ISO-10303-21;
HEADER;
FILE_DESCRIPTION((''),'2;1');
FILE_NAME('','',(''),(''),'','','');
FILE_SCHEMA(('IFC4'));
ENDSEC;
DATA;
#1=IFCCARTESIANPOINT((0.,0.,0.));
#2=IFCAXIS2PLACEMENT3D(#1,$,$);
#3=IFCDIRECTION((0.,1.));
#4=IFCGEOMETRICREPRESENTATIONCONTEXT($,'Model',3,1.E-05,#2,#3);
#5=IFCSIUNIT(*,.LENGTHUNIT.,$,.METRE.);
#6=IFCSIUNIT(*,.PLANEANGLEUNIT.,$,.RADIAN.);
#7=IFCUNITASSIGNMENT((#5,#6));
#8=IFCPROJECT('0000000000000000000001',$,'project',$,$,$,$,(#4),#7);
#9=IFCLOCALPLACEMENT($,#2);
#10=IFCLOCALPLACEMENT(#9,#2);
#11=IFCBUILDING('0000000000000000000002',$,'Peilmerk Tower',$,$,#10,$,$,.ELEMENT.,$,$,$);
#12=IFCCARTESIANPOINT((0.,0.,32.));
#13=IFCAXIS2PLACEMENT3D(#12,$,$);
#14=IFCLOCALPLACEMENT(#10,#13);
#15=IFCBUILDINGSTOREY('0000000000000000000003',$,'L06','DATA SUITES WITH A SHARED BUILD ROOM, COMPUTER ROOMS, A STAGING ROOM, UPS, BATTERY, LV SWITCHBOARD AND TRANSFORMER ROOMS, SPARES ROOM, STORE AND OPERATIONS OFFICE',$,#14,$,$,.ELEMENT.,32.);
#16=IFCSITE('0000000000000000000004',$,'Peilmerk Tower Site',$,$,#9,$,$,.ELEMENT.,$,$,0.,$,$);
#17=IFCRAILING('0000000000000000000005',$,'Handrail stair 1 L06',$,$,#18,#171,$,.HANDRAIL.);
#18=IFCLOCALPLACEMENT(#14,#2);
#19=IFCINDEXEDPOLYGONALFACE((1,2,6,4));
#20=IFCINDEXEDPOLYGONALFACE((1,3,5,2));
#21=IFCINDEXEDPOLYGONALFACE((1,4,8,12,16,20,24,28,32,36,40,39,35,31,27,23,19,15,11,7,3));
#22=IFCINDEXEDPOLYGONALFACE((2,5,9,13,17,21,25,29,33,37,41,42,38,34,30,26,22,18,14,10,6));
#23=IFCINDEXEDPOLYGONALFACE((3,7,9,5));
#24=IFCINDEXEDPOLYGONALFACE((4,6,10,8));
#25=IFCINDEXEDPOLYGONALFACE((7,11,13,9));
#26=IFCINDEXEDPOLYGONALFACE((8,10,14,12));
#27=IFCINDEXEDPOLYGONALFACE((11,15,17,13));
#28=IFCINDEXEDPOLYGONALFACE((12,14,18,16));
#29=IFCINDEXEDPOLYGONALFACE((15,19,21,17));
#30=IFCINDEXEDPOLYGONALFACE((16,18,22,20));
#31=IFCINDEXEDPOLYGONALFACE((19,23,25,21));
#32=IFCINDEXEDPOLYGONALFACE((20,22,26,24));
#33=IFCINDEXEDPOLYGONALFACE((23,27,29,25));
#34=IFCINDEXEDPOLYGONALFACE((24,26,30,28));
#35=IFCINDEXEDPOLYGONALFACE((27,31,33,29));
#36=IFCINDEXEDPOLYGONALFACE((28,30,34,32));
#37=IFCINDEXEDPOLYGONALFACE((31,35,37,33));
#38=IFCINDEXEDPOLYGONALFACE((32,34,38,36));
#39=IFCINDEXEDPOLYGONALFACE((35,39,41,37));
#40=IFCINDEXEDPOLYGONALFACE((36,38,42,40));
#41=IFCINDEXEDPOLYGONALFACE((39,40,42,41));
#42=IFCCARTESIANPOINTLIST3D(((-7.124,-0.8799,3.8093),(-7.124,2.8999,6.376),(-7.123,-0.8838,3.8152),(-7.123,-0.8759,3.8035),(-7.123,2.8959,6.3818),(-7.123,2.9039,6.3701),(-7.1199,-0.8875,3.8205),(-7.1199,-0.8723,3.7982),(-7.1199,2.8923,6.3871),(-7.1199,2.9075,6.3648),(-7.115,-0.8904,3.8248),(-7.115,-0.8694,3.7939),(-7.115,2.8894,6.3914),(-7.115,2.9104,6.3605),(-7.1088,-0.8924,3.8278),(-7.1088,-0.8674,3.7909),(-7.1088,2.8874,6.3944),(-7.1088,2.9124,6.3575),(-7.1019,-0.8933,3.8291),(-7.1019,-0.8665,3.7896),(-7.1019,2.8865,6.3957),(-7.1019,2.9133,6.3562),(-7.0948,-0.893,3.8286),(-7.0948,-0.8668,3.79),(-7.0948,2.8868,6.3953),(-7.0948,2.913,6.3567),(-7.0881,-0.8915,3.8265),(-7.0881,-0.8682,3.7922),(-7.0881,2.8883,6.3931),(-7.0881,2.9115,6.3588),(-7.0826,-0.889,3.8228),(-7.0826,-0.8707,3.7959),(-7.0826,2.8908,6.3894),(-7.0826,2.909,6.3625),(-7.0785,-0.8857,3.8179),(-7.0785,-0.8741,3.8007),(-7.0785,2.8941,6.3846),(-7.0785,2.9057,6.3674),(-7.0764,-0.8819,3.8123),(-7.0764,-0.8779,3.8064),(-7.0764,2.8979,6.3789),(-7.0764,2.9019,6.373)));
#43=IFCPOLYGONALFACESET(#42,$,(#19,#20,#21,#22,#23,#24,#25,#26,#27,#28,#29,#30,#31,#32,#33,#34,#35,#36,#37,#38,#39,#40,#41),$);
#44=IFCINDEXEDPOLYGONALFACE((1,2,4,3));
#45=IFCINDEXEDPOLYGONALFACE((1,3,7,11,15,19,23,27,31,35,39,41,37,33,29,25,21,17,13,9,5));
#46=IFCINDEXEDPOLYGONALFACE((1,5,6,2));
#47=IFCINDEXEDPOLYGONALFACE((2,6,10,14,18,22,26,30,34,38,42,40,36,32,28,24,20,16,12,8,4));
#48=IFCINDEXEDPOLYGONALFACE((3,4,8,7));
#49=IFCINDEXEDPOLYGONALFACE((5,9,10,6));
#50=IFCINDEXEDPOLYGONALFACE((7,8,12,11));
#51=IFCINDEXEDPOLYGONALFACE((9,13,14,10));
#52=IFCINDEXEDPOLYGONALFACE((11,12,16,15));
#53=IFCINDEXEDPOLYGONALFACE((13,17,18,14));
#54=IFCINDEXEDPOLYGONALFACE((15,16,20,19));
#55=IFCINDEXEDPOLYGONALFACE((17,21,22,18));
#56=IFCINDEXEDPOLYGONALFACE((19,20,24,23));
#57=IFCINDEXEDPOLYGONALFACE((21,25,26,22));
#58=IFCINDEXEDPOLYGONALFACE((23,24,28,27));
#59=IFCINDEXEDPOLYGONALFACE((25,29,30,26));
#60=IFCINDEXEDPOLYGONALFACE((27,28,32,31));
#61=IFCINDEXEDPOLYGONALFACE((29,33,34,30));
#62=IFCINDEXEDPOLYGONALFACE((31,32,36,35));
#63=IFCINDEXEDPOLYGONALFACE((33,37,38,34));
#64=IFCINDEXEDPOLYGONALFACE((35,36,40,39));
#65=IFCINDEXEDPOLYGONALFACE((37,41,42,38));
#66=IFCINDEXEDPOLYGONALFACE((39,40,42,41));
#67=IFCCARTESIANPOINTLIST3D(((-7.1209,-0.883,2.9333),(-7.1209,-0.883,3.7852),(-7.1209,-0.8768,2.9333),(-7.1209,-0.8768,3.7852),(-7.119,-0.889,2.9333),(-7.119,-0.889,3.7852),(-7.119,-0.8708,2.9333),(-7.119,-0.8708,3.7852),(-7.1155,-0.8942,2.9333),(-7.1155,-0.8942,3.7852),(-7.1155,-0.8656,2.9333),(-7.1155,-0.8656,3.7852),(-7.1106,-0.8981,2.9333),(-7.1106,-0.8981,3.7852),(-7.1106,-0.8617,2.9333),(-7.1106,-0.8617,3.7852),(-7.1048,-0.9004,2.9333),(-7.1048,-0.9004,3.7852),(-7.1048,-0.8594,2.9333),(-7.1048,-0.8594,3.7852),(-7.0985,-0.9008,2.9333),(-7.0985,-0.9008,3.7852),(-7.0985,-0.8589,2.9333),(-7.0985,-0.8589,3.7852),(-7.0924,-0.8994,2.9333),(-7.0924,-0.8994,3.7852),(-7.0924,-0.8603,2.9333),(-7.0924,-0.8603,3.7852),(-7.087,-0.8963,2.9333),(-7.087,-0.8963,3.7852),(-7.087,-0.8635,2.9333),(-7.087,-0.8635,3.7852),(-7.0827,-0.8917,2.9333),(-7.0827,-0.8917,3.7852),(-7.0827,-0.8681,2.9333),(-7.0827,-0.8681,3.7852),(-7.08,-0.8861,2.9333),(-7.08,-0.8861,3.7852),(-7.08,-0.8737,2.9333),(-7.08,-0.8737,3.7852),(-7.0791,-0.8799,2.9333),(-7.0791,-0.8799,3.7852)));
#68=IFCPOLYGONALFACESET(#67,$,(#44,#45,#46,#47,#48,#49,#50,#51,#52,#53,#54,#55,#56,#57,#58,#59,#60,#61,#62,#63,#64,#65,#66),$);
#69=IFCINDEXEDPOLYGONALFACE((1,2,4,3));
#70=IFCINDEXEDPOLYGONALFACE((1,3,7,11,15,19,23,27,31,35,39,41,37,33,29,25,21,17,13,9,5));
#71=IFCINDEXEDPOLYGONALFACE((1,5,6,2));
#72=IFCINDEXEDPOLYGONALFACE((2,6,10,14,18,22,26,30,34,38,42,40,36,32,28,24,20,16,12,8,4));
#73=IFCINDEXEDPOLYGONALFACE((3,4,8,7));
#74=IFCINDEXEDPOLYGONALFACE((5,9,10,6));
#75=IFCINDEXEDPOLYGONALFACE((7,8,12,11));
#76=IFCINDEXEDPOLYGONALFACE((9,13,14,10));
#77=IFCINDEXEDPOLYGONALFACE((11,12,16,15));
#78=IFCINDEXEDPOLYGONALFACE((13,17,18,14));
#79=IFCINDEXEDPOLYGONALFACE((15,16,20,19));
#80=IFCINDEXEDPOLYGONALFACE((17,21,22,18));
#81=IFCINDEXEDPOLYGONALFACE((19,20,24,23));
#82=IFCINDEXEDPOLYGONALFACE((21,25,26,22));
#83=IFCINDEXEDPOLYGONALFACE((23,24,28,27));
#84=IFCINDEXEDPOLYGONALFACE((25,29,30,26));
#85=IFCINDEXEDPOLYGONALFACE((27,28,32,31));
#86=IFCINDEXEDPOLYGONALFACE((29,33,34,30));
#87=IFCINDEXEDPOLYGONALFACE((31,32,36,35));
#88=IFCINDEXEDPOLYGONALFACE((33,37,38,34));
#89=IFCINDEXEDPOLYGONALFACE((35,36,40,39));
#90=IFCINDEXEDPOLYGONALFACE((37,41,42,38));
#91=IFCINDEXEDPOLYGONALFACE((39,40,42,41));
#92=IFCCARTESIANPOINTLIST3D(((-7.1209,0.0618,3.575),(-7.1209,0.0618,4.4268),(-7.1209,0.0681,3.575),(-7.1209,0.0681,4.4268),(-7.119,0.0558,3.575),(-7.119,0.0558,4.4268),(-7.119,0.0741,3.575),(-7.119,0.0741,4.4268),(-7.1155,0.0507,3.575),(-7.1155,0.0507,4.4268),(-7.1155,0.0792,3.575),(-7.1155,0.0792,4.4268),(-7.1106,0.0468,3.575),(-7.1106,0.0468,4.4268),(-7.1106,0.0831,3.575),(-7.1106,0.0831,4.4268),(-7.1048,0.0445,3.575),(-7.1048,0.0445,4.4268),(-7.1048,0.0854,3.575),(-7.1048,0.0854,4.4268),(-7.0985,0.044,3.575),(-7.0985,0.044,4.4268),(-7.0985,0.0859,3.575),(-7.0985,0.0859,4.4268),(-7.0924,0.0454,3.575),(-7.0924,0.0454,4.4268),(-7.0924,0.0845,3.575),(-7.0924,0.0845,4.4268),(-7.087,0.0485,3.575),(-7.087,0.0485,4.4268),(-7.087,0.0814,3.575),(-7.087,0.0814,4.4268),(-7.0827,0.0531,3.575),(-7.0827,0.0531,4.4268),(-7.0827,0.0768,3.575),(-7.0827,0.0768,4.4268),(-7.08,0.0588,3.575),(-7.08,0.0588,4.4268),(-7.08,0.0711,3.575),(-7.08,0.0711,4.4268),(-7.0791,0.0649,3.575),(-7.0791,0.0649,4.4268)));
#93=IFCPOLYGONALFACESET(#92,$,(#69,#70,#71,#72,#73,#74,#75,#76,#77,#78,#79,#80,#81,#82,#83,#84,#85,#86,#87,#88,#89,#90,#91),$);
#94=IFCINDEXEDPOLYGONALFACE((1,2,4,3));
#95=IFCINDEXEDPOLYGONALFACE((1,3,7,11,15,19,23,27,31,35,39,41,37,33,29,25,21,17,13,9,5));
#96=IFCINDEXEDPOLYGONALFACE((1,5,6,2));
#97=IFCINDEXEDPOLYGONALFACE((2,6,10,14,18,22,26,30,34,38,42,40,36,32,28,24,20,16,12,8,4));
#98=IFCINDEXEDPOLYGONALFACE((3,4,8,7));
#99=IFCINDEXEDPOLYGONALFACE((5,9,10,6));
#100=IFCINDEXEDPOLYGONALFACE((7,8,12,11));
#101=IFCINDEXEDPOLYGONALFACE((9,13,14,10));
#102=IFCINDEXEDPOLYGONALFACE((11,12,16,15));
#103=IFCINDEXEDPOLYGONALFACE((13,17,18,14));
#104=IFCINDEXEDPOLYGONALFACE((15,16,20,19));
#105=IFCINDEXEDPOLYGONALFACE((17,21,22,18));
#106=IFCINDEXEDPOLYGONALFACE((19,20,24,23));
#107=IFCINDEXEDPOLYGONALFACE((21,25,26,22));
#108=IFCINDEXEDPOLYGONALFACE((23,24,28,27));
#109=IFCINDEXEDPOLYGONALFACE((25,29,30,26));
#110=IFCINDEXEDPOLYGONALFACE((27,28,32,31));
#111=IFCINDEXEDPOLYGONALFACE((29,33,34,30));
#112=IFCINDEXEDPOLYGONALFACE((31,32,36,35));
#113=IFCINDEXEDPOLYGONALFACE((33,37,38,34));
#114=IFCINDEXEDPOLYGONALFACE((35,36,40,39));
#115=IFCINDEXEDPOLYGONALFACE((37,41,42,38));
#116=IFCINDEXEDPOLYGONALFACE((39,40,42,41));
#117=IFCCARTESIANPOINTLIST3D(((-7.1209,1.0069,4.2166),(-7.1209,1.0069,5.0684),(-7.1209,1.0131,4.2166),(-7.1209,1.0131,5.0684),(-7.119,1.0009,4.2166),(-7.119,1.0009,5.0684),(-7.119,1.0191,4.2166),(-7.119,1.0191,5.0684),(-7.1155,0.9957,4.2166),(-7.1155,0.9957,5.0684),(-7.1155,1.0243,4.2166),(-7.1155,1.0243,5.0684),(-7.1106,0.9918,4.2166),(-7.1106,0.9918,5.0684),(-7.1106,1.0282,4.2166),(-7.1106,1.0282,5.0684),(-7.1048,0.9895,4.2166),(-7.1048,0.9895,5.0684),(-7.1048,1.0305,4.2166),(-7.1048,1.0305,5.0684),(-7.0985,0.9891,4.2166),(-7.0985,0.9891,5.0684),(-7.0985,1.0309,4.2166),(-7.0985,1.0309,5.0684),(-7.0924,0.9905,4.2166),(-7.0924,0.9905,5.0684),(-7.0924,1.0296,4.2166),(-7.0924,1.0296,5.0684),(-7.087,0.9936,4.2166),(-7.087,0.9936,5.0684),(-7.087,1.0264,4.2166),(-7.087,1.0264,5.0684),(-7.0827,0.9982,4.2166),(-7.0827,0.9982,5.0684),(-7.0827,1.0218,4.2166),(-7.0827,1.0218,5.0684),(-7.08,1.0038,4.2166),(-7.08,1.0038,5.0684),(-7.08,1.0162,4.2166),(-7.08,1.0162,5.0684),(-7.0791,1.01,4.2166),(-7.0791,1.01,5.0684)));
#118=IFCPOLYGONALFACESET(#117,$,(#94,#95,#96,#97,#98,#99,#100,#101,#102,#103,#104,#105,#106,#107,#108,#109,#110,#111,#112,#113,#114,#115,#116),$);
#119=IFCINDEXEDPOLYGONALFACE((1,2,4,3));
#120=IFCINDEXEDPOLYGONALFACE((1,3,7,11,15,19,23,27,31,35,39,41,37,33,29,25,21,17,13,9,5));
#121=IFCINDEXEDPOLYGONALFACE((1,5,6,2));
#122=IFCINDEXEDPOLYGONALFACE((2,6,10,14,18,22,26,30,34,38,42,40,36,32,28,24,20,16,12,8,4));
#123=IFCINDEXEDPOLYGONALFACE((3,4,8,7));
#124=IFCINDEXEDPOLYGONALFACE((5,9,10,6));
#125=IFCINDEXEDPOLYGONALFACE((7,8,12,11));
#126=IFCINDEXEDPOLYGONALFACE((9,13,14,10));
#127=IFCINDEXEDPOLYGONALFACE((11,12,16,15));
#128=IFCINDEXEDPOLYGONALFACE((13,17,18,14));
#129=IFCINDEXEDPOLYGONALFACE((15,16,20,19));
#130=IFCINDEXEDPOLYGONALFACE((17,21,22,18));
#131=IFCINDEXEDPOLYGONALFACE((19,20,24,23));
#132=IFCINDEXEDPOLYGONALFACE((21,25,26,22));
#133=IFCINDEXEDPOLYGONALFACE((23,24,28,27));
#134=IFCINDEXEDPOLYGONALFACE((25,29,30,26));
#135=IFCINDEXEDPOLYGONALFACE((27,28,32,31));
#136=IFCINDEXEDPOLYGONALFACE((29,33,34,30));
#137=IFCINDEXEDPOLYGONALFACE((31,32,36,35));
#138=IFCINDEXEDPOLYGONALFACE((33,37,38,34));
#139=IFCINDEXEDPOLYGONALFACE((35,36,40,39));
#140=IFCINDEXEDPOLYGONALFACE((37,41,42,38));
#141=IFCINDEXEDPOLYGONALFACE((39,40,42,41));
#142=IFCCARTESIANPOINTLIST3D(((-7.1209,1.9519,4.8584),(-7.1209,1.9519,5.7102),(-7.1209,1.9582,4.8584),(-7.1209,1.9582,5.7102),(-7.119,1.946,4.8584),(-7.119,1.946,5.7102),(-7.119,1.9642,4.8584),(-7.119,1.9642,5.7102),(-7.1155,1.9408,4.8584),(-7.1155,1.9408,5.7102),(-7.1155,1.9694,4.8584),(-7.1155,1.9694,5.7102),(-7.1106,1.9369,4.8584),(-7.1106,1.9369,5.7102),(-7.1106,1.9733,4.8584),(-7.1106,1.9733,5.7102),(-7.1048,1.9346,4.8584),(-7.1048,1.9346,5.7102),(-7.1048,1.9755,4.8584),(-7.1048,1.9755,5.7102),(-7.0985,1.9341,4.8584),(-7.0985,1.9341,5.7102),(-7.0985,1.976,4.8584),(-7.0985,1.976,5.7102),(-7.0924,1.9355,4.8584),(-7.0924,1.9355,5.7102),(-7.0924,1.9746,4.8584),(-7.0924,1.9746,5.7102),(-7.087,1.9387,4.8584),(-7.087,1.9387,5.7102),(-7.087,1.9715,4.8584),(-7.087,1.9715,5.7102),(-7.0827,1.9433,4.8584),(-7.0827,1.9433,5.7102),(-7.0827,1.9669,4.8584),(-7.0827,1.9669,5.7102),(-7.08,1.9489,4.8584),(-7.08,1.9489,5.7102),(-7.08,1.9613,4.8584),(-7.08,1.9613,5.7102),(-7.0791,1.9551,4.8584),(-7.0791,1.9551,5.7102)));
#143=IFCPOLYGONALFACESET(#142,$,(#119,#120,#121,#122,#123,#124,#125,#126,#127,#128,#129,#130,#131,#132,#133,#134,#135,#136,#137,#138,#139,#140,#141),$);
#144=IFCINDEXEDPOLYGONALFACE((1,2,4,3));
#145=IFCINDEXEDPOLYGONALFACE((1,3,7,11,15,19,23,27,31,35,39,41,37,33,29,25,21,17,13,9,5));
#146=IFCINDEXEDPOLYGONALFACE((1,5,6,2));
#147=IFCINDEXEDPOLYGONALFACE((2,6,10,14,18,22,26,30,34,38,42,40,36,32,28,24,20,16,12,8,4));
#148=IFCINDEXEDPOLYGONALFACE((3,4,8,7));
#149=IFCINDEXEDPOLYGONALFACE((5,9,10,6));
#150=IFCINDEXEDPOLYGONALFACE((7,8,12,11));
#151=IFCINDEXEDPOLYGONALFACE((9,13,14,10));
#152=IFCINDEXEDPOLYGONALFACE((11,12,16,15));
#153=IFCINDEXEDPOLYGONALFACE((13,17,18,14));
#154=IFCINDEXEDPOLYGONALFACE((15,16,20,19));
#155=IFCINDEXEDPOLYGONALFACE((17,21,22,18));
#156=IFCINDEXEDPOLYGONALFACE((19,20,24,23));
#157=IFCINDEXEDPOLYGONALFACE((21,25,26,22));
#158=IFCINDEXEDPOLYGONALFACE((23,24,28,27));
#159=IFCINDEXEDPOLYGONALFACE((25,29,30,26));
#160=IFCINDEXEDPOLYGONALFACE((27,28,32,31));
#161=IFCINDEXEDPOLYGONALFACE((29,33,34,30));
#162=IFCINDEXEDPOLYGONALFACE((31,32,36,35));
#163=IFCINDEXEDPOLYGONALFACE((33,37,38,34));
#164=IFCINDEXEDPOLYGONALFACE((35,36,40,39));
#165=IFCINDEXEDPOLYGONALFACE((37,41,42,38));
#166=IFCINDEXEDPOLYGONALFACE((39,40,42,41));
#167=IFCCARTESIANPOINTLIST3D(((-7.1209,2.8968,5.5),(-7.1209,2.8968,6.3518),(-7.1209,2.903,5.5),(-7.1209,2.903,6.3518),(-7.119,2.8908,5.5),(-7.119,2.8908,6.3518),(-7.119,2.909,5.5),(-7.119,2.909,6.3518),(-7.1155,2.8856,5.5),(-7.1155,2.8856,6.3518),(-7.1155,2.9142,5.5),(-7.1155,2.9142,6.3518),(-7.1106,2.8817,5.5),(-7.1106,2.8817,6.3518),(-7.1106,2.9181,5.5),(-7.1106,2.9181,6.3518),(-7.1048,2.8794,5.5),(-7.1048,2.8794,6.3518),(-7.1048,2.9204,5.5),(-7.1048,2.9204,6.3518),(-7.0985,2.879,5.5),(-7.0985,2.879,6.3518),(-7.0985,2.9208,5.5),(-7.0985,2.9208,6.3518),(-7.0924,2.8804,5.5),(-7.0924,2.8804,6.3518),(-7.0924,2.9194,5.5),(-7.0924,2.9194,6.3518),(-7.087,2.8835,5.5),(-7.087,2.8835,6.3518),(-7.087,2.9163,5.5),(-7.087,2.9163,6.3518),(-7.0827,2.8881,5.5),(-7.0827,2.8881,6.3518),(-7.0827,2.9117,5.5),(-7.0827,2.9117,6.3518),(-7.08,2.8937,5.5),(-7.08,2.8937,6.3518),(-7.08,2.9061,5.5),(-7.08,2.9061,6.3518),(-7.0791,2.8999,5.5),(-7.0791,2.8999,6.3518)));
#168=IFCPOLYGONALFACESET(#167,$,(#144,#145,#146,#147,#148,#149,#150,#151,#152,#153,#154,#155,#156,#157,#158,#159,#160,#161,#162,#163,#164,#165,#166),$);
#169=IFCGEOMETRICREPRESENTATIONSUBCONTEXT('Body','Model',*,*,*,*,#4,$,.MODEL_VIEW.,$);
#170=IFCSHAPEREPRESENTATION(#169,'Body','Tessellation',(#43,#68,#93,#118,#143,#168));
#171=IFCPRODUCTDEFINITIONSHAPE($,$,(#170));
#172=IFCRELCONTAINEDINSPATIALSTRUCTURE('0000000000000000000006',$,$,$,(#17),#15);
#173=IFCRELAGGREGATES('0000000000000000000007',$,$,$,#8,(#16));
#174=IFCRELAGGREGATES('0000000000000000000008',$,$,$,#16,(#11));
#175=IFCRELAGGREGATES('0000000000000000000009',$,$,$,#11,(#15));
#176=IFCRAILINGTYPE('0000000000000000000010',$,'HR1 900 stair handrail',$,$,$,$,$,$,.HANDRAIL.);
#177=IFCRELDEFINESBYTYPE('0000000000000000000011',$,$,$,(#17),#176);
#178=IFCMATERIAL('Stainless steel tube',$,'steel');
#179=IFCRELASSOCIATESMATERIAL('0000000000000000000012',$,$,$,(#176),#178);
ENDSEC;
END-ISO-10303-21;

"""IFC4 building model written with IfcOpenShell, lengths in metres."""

from ifc_helpers import new_model, si_unit, direction, frame, origin, origin_2d, place, context, subcontext, project, spatial, circle, extrude, material, type_object, element, save


model = new_model("IFC4")

# Units and contexts
model_context = context("Model", 3, precision=1e-05, world=origin(), true_north=direction((0.0, 1.0)))
body_context = subcontext(model_context, "Body", "Model", "MODEL_VIEW")
ifc_project = project(units=[si_unit("LENGTHUNIT", "METRE"), si_unit("PLANEANGLEUNIT", "RADIAN")], contexts=[model_context])

# Site, building, storey
site_placement = place(None, origin())
site = spatial("IfcSite", under=ifc_project, at=site_placement, Name="Peilmerk Tower Site", CompositionType="ELEMENT", RefElevation=0.0)
building_placement = place(site_placement, origin())
building = spatial("IfcBuilding", under=site, at=building_placement, Name="Peilmerk Tower", CompositionType="ELEMENT")
storey_placement = place(building_placement, frame((0.0, 0.0, 32.0)))
storey = spatial("IfcBuildingStorey", under=building, at=storey_placement, Name="L06", Description="DATA SUITES WITH A SHARED BUILD ROOM, COMPUTER ROOMS, A STAGING ROOM, UPS, BATTERY, LV SWITCHBOARD AND TRANSFORMER ROOMS, SPARES ROOM, STORE AND OPERATIONS OFFICE", CompositionType="ELEMENT", Elevation=32.0)

# Railing
ifc_material_1 = material(Name="Stainless steel tube", Category="steel")
railing_type_1 = type_object("IfcRailingType", Name="HR1 900 stair handrail", PredefinedType="HANDRAIL", material=ifc_material_1)
railing_1_placement = place(storey_placement, frame((-7.1001, -0.8799, 2.9333)))
element("IfcRailing", 1, at=railing_1_placement, inside=storey, type_object=railing_type_1, Name="Handrail stair 1 L06", PredefinedType="HANDRAIL", context=body_context, shape_type="SweptSolid", body=[
    extrude(circle(Radius=0.0239, at=origin_2d()), frame((0.0, 0.0, 0.876), z_axis=(0.0, 0.827293, 0.561771), x_axis=(-1.0, 0.0, 0.0)), (0.0, 0.0, 1.0), 4.5688),
    extrude(circle(Radius=0.021, at=origin_2d()), origin(), (0.0, 0.0, 1.0), 0.8518),
    extrude(circle(Radius=0.021, at=origin_2d()), frame((0.0, 0.9448, 0.6416)), (0.0, 0.0, 1.0), 0.8518),
    extrude(circle(Radius=0.021, at=origin_2d()), frame((0.0, 1.8899, 1.2832)), (0.0, 0.0, 1.0), 0.8518),
    extrude(circle(Radius=0.021, at=origin_2d()), frame((0.0, 2.835, 1.925)), (0.0, 0.0, 1.0), 0.8518),
    extrude(circle(Radius=0.021, at=origin_2d()), frame((0.0, 3.7798, 2.5667)), (0.0, 0.0, 1.0), 0.8518),
])

save(model, "model.ifc")
